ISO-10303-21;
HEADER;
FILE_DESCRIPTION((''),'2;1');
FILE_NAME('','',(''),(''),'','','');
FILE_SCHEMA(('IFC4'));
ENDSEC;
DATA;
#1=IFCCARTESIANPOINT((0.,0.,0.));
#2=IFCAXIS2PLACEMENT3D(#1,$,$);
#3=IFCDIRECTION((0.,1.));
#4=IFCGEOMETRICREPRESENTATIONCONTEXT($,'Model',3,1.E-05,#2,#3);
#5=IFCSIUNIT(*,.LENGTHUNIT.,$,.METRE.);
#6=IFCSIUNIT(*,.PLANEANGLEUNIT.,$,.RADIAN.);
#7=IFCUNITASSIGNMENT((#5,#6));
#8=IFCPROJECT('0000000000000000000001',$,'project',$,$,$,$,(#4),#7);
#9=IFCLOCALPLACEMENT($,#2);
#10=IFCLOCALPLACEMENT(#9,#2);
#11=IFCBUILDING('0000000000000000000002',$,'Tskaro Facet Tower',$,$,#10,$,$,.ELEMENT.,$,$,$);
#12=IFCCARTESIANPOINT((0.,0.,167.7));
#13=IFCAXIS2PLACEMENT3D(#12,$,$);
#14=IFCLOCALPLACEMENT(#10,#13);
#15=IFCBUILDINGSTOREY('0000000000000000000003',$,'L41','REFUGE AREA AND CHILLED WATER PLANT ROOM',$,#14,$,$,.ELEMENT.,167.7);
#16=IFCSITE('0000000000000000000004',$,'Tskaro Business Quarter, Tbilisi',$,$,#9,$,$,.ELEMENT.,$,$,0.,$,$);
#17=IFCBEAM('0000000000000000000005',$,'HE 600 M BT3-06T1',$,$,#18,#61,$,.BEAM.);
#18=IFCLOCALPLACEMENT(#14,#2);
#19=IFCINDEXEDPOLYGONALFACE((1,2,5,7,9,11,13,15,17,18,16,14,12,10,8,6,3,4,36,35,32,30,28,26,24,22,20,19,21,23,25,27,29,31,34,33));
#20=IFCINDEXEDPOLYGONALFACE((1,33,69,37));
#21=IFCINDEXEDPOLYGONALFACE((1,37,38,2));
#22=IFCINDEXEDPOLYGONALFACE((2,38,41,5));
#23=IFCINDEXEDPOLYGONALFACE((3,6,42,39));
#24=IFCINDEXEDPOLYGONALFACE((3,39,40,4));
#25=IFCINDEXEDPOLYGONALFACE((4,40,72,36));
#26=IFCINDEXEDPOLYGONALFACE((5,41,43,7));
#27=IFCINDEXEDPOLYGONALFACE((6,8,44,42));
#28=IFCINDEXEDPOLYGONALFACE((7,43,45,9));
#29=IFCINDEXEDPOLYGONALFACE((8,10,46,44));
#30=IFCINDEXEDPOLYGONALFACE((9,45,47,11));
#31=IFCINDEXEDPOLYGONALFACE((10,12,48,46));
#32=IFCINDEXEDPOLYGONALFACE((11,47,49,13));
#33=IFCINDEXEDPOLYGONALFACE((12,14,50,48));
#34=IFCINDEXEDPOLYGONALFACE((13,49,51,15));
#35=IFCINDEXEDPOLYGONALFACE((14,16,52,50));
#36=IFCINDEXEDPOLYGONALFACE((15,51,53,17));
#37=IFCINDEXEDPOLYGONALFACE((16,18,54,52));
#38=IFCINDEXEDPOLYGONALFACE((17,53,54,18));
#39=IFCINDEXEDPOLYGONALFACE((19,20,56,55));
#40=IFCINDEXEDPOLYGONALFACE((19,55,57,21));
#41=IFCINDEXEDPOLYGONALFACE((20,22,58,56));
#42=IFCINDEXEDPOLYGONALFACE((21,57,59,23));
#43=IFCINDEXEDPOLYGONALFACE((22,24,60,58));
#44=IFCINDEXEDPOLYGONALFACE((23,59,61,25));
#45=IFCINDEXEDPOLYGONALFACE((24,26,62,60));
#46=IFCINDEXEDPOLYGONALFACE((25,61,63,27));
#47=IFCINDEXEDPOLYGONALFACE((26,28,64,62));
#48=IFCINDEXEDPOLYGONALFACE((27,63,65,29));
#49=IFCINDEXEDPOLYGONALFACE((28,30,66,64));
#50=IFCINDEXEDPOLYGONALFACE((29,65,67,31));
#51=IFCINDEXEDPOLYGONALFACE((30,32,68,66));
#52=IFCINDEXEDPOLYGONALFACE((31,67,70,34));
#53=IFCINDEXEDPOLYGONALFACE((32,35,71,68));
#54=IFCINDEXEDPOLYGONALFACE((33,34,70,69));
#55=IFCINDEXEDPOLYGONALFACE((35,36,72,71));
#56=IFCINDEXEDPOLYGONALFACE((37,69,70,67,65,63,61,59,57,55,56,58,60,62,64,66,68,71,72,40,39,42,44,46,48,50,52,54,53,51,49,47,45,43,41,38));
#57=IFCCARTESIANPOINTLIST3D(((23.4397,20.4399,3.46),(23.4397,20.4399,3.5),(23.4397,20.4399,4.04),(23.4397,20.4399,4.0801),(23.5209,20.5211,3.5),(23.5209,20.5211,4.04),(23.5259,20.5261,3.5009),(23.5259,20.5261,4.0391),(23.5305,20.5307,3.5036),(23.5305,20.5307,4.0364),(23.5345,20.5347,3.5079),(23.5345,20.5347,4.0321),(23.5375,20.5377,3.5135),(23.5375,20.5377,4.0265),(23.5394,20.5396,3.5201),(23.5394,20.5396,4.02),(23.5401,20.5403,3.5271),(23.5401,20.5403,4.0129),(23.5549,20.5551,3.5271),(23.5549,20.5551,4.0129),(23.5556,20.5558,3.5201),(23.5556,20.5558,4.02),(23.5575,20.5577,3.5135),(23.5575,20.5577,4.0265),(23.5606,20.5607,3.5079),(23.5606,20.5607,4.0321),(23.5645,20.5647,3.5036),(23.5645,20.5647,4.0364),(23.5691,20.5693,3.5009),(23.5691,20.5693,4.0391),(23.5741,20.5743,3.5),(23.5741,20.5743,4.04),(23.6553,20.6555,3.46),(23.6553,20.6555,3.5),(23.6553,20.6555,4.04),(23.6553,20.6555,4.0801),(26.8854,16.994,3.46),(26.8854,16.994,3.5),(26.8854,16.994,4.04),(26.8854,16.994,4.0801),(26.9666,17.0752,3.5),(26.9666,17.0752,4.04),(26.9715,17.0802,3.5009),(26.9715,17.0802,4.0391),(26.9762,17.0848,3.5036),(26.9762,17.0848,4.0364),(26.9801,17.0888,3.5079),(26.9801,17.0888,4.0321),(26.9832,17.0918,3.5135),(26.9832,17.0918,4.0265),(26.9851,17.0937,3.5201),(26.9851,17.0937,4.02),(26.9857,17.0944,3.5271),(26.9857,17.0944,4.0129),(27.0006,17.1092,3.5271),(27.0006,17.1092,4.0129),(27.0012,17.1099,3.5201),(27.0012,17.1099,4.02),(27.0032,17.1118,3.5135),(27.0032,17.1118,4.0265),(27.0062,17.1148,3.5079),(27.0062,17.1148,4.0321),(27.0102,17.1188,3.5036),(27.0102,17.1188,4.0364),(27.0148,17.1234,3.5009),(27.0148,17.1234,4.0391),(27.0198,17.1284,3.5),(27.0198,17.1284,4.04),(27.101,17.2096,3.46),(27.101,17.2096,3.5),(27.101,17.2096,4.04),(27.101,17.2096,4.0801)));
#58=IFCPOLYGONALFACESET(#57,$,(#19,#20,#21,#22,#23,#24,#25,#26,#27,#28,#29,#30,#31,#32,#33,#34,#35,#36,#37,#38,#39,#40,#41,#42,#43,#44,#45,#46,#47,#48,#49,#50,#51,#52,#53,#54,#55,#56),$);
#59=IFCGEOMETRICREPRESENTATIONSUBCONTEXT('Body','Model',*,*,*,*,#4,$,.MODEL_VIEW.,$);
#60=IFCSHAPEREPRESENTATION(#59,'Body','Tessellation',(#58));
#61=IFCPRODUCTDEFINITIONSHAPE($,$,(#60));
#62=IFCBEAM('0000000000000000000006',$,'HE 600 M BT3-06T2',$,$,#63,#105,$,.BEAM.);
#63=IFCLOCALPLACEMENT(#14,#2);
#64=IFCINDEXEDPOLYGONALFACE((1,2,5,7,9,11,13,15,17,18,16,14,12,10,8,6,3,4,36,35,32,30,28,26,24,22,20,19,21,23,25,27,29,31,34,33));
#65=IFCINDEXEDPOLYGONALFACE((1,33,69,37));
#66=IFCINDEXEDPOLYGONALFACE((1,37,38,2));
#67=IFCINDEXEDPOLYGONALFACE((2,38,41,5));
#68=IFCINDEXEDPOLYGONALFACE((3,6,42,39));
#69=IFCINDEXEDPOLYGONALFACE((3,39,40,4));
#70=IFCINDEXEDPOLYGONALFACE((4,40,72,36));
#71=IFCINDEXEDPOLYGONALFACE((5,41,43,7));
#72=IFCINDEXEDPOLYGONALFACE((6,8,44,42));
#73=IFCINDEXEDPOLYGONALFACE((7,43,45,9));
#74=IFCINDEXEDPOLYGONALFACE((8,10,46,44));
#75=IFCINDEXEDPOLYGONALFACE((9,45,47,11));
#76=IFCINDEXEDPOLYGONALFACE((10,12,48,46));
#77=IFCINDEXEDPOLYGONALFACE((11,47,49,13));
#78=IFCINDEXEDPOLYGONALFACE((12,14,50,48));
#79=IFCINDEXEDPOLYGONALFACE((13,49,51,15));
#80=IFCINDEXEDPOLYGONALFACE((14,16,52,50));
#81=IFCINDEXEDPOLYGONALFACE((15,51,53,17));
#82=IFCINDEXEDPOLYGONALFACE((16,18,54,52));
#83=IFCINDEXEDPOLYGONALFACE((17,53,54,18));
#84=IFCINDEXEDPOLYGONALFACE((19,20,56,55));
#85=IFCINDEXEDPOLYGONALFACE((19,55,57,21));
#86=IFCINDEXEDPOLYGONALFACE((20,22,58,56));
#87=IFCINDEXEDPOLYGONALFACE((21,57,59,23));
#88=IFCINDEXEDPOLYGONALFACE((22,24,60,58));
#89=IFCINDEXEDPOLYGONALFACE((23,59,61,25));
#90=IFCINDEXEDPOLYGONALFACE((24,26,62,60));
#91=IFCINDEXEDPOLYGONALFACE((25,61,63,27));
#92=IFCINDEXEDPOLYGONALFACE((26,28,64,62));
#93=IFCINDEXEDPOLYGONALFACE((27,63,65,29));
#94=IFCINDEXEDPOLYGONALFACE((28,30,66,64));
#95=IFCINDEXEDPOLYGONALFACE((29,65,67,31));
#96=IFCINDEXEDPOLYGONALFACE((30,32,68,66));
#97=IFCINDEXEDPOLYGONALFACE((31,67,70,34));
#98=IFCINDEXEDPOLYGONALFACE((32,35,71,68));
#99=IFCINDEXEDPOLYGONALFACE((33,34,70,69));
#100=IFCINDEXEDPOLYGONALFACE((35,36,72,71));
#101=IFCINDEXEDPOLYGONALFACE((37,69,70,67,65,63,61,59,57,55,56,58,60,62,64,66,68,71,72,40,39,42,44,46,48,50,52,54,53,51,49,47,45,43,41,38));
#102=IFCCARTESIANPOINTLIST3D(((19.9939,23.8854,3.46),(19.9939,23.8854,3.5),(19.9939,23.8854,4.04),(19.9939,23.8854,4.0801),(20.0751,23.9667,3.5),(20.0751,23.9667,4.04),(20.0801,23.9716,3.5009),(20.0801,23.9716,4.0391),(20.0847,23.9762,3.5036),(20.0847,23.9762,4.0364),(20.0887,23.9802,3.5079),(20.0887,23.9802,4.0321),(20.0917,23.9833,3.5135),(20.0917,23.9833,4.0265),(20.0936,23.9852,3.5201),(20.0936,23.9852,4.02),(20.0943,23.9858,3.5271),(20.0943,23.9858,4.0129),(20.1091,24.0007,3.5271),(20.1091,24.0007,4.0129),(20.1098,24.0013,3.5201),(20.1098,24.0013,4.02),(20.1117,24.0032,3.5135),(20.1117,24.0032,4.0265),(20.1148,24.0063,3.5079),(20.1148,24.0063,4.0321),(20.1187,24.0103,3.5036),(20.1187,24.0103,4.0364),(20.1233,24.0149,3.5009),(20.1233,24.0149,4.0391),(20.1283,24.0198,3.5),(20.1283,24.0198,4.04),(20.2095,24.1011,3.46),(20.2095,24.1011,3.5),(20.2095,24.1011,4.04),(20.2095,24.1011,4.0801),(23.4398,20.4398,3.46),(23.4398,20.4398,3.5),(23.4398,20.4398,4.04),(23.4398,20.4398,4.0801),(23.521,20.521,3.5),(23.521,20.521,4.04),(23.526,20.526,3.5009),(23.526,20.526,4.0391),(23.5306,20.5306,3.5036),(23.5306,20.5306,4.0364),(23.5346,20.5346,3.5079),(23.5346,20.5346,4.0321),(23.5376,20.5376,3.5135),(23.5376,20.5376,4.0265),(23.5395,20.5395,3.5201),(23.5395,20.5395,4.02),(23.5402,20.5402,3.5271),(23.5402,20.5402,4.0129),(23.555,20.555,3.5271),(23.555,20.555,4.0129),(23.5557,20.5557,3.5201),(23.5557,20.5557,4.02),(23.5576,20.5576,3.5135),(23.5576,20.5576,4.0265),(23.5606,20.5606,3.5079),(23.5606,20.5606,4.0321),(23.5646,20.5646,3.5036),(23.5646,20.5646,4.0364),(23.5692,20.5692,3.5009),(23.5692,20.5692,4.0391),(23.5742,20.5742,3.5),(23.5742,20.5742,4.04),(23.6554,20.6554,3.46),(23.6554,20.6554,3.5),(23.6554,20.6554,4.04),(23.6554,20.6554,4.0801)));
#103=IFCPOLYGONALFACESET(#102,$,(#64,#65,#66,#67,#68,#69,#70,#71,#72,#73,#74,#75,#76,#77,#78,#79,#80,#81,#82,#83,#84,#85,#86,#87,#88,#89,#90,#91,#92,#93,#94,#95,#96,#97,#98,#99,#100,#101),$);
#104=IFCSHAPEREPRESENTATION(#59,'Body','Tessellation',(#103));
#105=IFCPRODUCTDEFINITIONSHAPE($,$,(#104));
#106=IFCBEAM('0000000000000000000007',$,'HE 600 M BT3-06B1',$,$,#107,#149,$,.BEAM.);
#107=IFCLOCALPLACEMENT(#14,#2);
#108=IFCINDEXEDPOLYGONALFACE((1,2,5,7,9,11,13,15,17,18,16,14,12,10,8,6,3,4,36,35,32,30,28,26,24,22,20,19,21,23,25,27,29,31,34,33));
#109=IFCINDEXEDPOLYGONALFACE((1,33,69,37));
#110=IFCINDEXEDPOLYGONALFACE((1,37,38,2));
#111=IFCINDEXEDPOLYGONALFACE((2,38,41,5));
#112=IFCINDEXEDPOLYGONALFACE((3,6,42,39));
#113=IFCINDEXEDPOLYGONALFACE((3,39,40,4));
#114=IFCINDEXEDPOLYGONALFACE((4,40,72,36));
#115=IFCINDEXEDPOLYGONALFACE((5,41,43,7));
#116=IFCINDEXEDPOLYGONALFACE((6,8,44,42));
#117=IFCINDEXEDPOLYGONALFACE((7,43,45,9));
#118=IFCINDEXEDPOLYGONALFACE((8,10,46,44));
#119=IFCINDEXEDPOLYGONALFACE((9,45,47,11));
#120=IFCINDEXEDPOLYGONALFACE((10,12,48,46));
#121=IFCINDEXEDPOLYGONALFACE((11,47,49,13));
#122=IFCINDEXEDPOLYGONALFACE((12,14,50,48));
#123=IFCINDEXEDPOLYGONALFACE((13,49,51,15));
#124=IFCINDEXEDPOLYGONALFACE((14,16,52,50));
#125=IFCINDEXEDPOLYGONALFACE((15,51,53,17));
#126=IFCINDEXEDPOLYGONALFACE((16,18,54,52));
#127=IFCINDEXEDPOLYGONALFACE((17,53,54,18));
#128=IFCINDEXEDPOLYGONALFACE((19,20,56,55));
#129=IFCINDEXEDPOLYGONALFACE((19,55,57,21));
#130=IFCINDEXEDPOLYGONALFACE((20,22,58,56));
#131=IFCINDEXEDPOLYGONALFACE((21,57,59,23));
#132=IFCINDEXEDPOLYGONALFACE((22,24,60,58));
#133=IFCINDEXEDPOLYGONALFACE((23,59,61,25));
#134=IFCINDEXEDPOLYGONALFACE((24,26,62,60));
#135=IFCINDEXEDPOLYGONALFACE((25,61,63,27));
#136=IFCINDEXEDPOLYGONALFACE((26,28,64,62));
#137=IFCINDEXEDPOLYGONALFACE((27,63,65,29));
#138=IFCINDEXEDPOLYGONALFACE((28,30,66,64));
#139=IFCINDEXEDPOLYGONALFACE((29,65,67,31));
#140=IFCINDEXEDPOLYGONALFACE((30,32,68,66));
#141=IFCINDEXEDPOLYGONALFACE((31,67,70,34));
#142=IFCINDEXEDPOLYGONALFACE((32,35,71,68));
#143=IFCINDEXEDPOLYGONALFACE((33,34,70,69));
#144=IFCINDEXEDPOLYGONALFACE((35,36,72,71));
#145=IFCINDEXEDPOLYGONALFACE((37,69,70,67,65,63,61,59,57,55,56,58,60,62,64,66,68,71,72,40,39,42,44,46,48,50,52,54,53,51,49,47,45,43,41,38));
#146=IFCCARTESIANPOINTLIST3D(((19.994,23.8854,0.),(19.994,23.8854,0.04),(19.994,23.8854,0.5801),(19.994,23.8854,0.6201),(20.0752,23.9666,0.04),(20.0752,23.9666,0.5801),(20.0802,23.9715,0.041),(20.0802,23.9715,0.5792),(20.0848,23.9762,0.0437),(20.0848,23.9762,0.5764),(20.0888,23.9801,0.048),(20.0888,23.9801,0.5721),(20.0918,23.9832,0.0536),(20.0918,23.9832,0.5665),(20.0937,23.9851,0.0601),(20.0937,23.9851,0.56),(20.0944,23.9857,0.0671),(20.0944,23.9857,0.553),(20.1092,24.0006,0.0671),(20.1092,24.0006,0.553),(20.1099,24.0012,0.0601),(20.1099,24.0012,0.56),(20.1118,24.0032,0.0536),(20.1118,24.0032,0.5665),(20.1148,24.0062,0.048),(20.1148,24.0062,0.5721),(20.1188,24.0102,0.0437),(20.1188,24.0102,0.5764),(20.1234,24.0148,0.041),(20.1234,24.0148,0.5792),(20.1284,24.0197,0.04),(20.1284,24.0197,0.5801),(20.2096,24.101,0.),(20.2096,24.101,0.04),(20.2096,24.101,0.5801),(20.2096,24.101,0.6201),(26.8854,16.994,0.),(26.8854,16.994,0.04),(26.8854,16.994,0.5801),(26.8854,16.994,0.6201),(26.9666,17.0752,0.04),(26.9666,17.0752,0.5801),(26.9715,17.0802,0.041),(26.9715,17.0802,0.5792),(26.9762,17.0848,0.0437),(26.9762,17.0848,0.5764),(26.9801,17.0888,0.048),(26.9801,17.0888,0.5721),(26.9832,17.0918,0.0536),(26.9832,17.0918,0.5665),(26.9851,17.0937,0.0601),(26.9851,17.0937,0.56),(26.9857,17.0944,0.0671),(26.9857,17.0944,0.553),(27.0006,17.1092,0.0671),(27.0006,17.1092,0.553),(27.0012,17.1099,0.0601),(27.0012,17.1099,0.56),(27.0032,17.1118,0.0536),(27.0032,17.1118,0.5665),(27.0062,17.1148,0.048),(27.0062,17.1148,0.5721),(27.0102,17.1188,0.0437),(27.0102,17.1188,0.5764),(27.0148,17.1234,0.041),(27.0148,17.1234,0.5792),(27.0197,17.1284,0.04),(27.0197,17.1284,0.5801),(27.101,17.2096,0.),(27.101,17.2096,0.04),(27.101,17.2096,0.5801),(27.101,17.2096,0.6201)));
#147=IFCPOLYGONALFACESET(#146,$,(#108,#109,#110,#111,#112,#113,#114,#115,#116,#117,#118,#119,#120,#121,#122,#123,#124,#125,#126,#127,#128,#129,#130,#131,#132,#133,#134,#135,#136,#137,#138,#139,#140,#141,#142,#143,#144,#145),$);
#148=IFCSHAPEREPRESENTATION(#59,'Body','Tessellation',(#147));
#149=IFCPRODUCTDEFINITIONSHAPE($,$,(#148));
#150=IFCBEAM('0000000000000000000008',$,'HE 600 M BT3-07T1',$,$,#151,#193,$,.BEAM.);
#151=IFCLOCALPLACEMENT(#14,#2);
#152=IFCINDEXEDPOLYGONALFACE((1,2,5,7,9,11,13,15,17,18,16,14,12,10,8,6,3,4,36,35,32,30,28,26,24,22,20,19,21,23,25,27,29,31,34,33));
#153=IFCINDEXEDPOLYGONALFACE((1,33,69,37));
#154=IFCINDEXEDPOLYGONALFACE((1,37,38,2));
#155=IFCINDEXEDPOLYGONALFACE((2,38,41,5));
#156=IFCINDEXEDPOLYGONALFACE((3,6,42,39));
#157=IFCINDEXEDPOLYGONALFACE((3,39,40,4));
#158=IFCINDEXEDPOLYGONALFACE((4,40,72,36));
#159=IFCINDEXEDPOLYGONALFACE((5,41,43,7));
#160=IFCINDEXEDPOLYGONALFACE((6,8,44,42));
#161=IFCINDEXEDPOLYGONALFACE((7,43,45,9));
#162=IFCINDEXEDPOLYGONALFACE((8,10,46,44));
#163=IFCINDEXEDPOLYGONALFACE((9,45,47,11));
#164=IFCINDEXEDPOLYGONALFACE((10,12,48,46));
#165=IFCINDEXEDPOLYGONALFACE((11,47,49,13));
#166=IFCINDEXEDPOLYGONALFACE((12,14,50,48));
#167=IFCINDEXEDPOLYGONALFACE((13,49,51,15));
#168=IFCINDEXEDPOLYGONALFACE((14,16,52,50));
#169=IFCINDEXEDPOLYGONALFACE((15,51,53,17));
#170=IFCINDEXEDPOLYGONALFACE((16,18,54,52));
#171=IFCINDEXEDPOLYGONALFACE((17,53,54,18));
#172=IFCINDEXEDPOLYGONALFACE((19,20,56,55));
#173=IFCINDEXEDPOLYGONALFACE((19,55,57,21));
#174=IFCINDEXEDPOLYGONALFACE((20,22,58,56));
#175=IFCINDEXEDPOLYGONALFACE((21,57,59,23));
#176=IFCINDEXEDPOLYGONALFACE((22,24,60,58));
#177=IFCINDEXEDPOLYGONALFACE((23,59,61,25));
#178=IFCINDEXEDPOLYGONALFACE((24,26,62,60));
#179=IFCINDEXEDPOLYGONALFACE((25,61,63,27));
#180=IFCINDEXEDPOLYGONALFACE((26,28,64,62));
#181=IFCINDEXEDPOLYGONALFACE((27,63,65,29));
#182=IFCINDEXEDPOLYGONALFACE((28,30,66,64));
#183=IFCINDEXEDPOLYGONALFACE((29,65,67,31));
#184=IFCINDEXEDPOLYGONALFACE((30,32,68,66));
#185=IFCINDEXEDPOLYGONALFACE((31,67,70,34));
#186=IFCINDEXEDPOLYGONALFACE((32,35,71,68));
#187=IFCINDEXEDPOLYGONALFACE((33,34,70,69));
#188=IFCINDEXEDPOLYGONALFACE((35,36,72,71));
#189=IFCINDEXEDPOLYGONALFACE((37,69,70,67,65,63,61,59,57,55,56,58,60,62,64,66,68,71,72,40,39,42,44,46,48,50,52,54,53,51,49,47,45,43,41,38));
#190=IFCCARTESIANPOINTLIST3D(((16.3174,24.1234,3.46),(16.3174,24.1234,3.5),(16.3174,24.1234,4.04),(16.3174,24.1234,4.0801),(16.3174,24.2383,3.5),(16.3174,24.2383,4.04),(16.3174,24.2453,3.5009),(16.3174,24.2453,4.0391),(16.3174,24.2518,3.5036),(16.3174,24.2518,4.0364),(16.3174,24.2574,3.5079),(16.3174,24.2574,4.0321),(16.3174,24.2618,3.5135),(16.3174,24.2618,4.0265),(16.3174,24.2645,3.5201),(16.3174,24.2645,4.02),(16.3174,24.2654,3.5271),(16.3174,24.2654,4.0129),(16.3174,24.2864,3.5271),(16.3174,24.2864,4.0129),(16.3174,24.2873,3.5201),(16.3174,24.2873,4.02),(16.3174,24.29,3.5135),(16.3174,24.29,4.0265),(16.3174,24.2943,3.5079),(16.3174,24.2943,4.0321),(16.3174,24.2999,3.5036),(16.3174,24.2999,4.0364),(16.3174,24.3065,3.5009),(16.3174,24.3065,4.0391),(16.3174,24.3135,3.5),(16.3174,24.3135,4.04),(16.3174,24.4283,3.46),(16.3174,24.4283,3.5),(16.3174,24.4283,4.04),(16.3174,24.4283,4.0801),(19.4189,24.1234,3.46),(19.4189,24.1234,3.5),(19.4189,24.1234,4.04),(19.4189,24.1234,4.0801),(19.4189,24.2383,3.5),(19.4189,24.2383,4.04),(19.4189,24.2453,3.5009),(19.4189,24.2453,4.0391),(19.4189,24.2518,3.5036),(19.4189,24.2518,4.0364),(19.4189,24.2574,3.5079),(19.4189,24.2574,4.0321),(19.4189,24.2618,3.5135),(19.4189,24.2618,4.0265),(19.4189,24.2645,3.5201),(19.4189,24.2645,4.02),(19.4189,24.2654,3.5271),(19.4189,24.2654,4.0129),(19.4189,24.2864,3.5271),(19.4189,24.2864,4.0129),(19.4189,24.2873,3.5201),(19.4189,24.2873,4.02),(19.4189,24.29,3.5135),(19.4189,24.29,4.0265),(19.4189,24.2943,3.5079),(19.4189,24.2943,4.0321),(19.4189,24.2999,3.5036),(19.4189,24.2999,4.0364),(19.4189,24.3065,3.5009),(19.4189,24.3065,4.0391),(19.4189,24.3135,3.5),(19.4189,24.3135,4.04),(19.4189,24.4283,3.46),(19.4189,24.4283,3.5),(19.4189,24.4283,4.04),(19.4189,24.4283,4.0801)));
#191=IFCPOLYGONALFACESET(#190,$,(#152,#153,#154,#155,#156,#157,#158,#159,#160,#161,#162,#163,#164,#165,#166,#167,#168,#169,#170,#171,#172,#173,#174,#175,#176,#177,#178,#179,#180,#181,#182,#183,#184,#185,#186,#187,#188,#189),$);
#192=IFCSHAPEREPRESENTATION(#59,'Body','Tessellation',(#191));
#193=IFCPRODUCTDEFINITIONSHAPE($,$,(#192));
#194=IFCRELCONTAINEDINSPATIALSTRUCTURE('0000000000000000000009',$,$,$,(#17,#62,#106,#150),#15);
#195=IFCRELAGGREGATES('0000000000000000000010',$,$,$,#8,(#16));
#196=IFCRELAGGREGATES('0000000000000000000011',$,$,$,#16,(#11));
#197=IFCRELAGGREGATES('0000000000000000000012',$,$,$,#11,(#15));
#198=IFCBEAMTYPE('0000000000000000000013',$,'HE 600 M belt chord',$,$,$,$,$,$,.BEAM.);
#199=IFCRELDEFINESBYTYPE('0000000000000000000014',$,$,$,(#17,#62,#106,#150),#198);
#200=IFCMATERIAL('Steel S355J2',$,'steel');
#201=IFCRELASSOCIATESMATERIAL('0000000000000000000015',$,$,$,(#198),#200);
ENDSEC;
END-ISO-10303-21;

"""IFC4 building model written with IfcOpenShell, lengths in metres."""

from ifc_helpers import new_model, si_unit, direction, frame, origin, origin_2d, place, context, subcontext, project, spatial, i_section, extrude, material, material_profile, profile_set, type_object, element, save


model = new_model("IFC4")

# Units and contexts
model_context = context("Model", 3, precision=1e-05, world=origin(), true_north=direction((0.0, 1.0)))
body_context = subcontext(model_context, "Body", "Model", "MODEL_VIEW")
ifc_project = project(units=[si_unit("LENGTHUNIT", "METRE"), si_unit("PLANEANGLEUNIT", "RADIAN")], contexts=[model_context])

# Site, building, storey
site_placement = place(None, origin())
site = spatial("IfcSite", under=ifc_project, at=site_placement, Name="Tskaro Business Quarter, Tbilisi", CompositionType="ELEMENT", RefElevation=0.0)
building_placement = place(site_placement, origin())
building = spatial("IfcBuilding", under=site, at=building_placement, Name="Tskaro Facet Tower", CompositionType="ELEMENT")
storey_placement = place(building_placement, frame((0.0, 0.0, 167.7)))
storey = spatial("IfcBuildingStorey", under=building, at=storey_placement, Name="L41", Description="REFUGE AREA AND CHILLED WATER PLANT ROOM", CompositionType="ELEMENT", Elevation=167.7)

# Beams
ifc_material_1 = material(Name="Steel S355J2", Category="steel")
ifc_material_profile_1 = material_profile(ifc_material_1, i_section(OverallWidth=0.3049, OverallDepth=0.6201, WebThickness=0.021, FlangeThickness=0.04, FilletRadius=0.0271, at=origin_2d()), Name="HE 600 M")
ifc_profile_set_1 = profile_set([ifc_material_profile_1], Name="Steel S355J2")
beam_type_1 = type_object("IfcBeamType", Name="HE 600 M belt chord", PredefinedType="BEAM", material=ifc_profile_set_1)
for number, where, z_axis, x_axis, name in (
    (1, (26.9932, 17.1018, 3.77), (-0.707082, 0.707132, 0.0), (-0.707132, -0.707082, 0.0), "HE 600 M BT3-06T1"),
    (2, (23.5476, 20.5476, 3.77), (-0.707132, 0.707082, 0.0), (-0.707082, -0.707132, 0.0), "HE 600 M BT3-06T2"),
):
    element("IfcBeam", number, at=place(storey_placement, frame(where, z_axis=z_axis, x_axis=x_axis)), inside=storey, type_object=beam_type_1, Name=name, PredefinedType="BEAM", context=body_context, shape_type="SweptSolid", body=[
        extrude(i_section(OverallWidth=0.3049, OverallDepth=0.6201, WebThickness=0.021, FlangeThickness=0.04, FilletRadius=0.0271, at=origin_2d()), origin(), (0.0, 0.0, 1.0), 4.873),
    ])
beam_1_placement = place(storey_placement, frame((26.9932, 17.1018, 0.3101), z_axis=(-0.707107, 0.707107, 0.0), x_axis=(-0.707107, -0.707107, 0.0)))
element("IfcBeam", 3, at=beam_1_placement, inside=storey, type_object=beam_type_1, Name="HE 600 M BT3-06B1", PredefinedType="BEAM", context=body_context, shape_type="SweptSolid", body=[
    extrude(i_section(OverallWidth=0.3049, OverallDepth=0.6201, WebThickness=0.021, FlangeThickness=0.04, FilletRadius=0.0271, at=origin_2d()), origin(), (0.0, 0.0, 1.0), 9.7458),
])
beam_2_placement = place(storey_placement, frame((19.4189, 24.2759, 3.77), z_axis=(-1.0, 0.0, 0.0), x_axis=(0.0, -1.0, 0.0)))
element("IfcBeam", 4, at=beam_2_placement, inside=storey, type_object=beam_type_1, Name="HE 600 M BT3-07T1", PredefinedType="BEAM", context=body_context, shape_type="SweptSolid", body=[
    extrude(i_section(OverallWidth=0.3049, OverallDepth=0.6201, WebThickness=0.021, FlangeThickness=0.04, FilletRadius=0.0271, at=origin_2d()), origin(), (0.0, 0.0, 1.0), 3.1016),
])

save(model, "model.ifc")
